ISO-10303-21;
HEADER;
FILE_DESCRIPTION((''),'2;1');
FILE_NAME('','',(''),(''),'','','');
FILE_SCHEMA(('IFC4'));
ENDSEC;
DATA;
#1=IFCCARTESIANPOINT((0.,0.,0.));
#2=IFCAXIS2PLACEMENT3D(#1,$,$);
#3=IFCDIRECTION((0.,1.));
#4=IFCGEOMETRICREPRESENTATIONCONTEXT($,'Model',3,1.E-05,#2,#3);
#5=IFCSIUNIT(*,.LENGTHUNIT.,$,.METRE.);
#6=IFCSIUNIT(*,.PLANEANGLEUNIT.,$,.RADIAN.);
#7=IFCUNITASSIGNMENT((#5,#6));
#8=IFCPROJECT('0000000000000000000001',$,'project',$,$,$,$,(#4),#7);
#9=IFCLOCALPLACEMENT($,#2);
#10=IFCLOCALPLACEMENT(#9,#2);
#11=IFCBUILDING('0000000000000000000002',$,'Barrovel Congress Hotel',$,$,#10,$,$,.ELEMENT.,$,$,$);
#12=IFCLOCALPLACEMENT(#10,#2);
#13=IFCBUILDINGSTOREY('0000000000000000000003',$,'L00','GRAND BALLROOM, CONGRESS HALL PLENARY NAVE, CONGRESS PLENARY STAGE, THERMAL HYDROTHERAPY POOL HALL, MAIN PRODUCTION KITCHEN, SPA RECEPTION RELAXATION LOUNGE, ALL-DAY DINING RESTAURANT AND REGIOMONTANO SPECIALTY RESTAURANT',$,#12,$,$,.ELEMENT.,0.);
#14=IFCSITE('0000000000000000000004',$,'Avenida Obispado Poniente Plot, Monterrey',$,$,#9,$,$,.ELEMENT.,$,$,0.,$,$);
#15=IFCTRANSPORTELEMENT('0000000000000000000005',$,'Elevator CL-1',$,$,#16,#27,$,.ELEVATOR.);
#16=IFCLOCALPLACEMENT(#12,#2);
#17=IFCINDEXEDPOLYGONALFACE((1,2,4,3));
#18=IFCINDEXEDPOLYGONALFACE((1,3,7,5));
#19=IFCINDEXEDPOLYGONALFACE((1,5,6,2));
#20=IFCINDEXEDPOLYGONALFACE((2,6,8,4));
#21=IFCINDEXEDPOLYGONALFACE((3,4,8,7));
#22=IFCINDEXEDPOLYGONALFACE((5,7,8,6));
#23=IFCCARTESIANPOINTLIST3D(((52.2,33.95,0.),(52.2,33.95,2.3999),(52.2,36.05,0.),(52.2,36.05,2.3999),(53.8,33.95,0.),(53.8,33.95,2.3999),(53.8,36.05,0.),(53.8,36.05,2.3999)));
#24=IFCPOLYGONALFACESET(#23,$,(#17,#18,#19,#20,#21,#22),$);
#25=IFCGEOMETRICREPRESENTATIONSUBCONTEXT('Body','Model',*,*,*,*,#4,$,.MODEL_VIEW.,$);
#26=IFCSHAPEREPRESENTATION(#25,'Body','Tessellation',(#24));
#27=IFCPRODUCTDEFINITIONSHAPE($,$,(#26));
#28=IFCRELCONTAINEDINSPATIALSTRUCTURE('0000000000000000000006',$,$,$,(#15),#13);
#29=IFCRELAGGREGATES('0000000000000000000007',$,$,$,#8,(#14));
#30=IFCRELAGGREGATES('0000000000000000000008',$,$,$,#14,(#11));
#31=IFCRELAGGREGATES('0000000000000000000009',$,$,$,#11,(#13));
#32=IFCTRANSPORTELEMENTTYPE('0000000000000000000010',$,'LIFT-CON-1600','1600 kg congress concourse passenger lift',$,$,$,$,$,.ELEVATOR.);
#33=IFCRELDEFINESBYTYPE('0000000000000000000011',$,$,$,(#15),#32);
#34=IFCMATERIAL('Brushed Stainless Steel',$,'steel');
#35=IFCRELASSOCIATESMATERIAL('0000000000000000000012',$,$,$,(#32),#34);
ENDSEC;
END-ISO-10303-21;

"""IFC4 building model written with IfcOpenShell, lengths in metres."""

from ifc_helpers import new_model, si_unit, direction, frame, origin, origin_2d, place, context, subcontext, project, spatial, rectangle, extrude, material, type_object, element, save


model = new_model("IFC4")

# Units and contexts
model_context = context("Model", 3, precision=1e-05, world=origin(), true_north=direction((0.0, 1.0)))
body_context = subcontext(model_context, "Body", "Model", "MODEL_VIEW")
ifc_project = project(units=[si_unit("LENGTHUNIT", "METRE"), si_unit("PLANEANGLEUNIT", "RADIAN")], contexts=[model_context])

# Site, building, storey
site_placement = place(None, origin())
site = spatial("IfcSite", under=ifc_project, at=site_placement, Name="Avenida Obispado Poniente Plot, Monterrey", CompositionType="ELEMENT", RefElevation=0.0)
building_placement = place(site_placement, origin())
building = spatial("IfcBuilding", under=site, at=building_placement, Name="Barrovel Congress Hotel", CompositionType="ELEMENT")
storey_placement = place(building_placement, origin())
storey = spatial("IfcBuildingStorey", under=building, at=storey_placement, Name="L00", Description="GRAND BALLROOM, CONGRESS HALL PLENARY NAVE, CONGRESS PLENARY STAGE, THERMAL HYDROTHERAPY POOL HALL, MAIN PRODUCTION KITCHEN, SPA RECEPTION RELAXATION LOUNGE, ALL-DAY DINING RESTAURANT AND REGIOMONTANO SPECIALTY RESTAURANT", CompositionType="ELEMENT", Elevation=0.0)

# Shared definitions
ifc_material_1 = material(Name="Brushed Stainless Steel", Category="steel")

# Transport element
transport_element_type = type_object("IfcTransportElementType", Name="LIFT-CON-1600", Description="1600 kg congress concourse passenger lift", PredefinedType="ELEVATOR", material=ifc_material_1)
transport_element_placement = place(storey_placement, frame((53.0, 35.0, 0.0), z_axis=(0.0, 0.0, 1.0), x_axis=(1.0, 0.0, 0.0)))
element("IfcTransportElement", 1, at=transport_element_placement, inside=storey, type_object=transport_element_type, Name="Elevator CL-1", PredefinedType="ELEVATOR", context=body_context, shape_type="SweptSolid", body=[
    extrude(rectangle(XDim=1.6001, YDim=2.1001, at=origin_2d()), origin(), (0.0, 0.0, 1.0), 2.3999),
])

save(model, "model.ifc")
